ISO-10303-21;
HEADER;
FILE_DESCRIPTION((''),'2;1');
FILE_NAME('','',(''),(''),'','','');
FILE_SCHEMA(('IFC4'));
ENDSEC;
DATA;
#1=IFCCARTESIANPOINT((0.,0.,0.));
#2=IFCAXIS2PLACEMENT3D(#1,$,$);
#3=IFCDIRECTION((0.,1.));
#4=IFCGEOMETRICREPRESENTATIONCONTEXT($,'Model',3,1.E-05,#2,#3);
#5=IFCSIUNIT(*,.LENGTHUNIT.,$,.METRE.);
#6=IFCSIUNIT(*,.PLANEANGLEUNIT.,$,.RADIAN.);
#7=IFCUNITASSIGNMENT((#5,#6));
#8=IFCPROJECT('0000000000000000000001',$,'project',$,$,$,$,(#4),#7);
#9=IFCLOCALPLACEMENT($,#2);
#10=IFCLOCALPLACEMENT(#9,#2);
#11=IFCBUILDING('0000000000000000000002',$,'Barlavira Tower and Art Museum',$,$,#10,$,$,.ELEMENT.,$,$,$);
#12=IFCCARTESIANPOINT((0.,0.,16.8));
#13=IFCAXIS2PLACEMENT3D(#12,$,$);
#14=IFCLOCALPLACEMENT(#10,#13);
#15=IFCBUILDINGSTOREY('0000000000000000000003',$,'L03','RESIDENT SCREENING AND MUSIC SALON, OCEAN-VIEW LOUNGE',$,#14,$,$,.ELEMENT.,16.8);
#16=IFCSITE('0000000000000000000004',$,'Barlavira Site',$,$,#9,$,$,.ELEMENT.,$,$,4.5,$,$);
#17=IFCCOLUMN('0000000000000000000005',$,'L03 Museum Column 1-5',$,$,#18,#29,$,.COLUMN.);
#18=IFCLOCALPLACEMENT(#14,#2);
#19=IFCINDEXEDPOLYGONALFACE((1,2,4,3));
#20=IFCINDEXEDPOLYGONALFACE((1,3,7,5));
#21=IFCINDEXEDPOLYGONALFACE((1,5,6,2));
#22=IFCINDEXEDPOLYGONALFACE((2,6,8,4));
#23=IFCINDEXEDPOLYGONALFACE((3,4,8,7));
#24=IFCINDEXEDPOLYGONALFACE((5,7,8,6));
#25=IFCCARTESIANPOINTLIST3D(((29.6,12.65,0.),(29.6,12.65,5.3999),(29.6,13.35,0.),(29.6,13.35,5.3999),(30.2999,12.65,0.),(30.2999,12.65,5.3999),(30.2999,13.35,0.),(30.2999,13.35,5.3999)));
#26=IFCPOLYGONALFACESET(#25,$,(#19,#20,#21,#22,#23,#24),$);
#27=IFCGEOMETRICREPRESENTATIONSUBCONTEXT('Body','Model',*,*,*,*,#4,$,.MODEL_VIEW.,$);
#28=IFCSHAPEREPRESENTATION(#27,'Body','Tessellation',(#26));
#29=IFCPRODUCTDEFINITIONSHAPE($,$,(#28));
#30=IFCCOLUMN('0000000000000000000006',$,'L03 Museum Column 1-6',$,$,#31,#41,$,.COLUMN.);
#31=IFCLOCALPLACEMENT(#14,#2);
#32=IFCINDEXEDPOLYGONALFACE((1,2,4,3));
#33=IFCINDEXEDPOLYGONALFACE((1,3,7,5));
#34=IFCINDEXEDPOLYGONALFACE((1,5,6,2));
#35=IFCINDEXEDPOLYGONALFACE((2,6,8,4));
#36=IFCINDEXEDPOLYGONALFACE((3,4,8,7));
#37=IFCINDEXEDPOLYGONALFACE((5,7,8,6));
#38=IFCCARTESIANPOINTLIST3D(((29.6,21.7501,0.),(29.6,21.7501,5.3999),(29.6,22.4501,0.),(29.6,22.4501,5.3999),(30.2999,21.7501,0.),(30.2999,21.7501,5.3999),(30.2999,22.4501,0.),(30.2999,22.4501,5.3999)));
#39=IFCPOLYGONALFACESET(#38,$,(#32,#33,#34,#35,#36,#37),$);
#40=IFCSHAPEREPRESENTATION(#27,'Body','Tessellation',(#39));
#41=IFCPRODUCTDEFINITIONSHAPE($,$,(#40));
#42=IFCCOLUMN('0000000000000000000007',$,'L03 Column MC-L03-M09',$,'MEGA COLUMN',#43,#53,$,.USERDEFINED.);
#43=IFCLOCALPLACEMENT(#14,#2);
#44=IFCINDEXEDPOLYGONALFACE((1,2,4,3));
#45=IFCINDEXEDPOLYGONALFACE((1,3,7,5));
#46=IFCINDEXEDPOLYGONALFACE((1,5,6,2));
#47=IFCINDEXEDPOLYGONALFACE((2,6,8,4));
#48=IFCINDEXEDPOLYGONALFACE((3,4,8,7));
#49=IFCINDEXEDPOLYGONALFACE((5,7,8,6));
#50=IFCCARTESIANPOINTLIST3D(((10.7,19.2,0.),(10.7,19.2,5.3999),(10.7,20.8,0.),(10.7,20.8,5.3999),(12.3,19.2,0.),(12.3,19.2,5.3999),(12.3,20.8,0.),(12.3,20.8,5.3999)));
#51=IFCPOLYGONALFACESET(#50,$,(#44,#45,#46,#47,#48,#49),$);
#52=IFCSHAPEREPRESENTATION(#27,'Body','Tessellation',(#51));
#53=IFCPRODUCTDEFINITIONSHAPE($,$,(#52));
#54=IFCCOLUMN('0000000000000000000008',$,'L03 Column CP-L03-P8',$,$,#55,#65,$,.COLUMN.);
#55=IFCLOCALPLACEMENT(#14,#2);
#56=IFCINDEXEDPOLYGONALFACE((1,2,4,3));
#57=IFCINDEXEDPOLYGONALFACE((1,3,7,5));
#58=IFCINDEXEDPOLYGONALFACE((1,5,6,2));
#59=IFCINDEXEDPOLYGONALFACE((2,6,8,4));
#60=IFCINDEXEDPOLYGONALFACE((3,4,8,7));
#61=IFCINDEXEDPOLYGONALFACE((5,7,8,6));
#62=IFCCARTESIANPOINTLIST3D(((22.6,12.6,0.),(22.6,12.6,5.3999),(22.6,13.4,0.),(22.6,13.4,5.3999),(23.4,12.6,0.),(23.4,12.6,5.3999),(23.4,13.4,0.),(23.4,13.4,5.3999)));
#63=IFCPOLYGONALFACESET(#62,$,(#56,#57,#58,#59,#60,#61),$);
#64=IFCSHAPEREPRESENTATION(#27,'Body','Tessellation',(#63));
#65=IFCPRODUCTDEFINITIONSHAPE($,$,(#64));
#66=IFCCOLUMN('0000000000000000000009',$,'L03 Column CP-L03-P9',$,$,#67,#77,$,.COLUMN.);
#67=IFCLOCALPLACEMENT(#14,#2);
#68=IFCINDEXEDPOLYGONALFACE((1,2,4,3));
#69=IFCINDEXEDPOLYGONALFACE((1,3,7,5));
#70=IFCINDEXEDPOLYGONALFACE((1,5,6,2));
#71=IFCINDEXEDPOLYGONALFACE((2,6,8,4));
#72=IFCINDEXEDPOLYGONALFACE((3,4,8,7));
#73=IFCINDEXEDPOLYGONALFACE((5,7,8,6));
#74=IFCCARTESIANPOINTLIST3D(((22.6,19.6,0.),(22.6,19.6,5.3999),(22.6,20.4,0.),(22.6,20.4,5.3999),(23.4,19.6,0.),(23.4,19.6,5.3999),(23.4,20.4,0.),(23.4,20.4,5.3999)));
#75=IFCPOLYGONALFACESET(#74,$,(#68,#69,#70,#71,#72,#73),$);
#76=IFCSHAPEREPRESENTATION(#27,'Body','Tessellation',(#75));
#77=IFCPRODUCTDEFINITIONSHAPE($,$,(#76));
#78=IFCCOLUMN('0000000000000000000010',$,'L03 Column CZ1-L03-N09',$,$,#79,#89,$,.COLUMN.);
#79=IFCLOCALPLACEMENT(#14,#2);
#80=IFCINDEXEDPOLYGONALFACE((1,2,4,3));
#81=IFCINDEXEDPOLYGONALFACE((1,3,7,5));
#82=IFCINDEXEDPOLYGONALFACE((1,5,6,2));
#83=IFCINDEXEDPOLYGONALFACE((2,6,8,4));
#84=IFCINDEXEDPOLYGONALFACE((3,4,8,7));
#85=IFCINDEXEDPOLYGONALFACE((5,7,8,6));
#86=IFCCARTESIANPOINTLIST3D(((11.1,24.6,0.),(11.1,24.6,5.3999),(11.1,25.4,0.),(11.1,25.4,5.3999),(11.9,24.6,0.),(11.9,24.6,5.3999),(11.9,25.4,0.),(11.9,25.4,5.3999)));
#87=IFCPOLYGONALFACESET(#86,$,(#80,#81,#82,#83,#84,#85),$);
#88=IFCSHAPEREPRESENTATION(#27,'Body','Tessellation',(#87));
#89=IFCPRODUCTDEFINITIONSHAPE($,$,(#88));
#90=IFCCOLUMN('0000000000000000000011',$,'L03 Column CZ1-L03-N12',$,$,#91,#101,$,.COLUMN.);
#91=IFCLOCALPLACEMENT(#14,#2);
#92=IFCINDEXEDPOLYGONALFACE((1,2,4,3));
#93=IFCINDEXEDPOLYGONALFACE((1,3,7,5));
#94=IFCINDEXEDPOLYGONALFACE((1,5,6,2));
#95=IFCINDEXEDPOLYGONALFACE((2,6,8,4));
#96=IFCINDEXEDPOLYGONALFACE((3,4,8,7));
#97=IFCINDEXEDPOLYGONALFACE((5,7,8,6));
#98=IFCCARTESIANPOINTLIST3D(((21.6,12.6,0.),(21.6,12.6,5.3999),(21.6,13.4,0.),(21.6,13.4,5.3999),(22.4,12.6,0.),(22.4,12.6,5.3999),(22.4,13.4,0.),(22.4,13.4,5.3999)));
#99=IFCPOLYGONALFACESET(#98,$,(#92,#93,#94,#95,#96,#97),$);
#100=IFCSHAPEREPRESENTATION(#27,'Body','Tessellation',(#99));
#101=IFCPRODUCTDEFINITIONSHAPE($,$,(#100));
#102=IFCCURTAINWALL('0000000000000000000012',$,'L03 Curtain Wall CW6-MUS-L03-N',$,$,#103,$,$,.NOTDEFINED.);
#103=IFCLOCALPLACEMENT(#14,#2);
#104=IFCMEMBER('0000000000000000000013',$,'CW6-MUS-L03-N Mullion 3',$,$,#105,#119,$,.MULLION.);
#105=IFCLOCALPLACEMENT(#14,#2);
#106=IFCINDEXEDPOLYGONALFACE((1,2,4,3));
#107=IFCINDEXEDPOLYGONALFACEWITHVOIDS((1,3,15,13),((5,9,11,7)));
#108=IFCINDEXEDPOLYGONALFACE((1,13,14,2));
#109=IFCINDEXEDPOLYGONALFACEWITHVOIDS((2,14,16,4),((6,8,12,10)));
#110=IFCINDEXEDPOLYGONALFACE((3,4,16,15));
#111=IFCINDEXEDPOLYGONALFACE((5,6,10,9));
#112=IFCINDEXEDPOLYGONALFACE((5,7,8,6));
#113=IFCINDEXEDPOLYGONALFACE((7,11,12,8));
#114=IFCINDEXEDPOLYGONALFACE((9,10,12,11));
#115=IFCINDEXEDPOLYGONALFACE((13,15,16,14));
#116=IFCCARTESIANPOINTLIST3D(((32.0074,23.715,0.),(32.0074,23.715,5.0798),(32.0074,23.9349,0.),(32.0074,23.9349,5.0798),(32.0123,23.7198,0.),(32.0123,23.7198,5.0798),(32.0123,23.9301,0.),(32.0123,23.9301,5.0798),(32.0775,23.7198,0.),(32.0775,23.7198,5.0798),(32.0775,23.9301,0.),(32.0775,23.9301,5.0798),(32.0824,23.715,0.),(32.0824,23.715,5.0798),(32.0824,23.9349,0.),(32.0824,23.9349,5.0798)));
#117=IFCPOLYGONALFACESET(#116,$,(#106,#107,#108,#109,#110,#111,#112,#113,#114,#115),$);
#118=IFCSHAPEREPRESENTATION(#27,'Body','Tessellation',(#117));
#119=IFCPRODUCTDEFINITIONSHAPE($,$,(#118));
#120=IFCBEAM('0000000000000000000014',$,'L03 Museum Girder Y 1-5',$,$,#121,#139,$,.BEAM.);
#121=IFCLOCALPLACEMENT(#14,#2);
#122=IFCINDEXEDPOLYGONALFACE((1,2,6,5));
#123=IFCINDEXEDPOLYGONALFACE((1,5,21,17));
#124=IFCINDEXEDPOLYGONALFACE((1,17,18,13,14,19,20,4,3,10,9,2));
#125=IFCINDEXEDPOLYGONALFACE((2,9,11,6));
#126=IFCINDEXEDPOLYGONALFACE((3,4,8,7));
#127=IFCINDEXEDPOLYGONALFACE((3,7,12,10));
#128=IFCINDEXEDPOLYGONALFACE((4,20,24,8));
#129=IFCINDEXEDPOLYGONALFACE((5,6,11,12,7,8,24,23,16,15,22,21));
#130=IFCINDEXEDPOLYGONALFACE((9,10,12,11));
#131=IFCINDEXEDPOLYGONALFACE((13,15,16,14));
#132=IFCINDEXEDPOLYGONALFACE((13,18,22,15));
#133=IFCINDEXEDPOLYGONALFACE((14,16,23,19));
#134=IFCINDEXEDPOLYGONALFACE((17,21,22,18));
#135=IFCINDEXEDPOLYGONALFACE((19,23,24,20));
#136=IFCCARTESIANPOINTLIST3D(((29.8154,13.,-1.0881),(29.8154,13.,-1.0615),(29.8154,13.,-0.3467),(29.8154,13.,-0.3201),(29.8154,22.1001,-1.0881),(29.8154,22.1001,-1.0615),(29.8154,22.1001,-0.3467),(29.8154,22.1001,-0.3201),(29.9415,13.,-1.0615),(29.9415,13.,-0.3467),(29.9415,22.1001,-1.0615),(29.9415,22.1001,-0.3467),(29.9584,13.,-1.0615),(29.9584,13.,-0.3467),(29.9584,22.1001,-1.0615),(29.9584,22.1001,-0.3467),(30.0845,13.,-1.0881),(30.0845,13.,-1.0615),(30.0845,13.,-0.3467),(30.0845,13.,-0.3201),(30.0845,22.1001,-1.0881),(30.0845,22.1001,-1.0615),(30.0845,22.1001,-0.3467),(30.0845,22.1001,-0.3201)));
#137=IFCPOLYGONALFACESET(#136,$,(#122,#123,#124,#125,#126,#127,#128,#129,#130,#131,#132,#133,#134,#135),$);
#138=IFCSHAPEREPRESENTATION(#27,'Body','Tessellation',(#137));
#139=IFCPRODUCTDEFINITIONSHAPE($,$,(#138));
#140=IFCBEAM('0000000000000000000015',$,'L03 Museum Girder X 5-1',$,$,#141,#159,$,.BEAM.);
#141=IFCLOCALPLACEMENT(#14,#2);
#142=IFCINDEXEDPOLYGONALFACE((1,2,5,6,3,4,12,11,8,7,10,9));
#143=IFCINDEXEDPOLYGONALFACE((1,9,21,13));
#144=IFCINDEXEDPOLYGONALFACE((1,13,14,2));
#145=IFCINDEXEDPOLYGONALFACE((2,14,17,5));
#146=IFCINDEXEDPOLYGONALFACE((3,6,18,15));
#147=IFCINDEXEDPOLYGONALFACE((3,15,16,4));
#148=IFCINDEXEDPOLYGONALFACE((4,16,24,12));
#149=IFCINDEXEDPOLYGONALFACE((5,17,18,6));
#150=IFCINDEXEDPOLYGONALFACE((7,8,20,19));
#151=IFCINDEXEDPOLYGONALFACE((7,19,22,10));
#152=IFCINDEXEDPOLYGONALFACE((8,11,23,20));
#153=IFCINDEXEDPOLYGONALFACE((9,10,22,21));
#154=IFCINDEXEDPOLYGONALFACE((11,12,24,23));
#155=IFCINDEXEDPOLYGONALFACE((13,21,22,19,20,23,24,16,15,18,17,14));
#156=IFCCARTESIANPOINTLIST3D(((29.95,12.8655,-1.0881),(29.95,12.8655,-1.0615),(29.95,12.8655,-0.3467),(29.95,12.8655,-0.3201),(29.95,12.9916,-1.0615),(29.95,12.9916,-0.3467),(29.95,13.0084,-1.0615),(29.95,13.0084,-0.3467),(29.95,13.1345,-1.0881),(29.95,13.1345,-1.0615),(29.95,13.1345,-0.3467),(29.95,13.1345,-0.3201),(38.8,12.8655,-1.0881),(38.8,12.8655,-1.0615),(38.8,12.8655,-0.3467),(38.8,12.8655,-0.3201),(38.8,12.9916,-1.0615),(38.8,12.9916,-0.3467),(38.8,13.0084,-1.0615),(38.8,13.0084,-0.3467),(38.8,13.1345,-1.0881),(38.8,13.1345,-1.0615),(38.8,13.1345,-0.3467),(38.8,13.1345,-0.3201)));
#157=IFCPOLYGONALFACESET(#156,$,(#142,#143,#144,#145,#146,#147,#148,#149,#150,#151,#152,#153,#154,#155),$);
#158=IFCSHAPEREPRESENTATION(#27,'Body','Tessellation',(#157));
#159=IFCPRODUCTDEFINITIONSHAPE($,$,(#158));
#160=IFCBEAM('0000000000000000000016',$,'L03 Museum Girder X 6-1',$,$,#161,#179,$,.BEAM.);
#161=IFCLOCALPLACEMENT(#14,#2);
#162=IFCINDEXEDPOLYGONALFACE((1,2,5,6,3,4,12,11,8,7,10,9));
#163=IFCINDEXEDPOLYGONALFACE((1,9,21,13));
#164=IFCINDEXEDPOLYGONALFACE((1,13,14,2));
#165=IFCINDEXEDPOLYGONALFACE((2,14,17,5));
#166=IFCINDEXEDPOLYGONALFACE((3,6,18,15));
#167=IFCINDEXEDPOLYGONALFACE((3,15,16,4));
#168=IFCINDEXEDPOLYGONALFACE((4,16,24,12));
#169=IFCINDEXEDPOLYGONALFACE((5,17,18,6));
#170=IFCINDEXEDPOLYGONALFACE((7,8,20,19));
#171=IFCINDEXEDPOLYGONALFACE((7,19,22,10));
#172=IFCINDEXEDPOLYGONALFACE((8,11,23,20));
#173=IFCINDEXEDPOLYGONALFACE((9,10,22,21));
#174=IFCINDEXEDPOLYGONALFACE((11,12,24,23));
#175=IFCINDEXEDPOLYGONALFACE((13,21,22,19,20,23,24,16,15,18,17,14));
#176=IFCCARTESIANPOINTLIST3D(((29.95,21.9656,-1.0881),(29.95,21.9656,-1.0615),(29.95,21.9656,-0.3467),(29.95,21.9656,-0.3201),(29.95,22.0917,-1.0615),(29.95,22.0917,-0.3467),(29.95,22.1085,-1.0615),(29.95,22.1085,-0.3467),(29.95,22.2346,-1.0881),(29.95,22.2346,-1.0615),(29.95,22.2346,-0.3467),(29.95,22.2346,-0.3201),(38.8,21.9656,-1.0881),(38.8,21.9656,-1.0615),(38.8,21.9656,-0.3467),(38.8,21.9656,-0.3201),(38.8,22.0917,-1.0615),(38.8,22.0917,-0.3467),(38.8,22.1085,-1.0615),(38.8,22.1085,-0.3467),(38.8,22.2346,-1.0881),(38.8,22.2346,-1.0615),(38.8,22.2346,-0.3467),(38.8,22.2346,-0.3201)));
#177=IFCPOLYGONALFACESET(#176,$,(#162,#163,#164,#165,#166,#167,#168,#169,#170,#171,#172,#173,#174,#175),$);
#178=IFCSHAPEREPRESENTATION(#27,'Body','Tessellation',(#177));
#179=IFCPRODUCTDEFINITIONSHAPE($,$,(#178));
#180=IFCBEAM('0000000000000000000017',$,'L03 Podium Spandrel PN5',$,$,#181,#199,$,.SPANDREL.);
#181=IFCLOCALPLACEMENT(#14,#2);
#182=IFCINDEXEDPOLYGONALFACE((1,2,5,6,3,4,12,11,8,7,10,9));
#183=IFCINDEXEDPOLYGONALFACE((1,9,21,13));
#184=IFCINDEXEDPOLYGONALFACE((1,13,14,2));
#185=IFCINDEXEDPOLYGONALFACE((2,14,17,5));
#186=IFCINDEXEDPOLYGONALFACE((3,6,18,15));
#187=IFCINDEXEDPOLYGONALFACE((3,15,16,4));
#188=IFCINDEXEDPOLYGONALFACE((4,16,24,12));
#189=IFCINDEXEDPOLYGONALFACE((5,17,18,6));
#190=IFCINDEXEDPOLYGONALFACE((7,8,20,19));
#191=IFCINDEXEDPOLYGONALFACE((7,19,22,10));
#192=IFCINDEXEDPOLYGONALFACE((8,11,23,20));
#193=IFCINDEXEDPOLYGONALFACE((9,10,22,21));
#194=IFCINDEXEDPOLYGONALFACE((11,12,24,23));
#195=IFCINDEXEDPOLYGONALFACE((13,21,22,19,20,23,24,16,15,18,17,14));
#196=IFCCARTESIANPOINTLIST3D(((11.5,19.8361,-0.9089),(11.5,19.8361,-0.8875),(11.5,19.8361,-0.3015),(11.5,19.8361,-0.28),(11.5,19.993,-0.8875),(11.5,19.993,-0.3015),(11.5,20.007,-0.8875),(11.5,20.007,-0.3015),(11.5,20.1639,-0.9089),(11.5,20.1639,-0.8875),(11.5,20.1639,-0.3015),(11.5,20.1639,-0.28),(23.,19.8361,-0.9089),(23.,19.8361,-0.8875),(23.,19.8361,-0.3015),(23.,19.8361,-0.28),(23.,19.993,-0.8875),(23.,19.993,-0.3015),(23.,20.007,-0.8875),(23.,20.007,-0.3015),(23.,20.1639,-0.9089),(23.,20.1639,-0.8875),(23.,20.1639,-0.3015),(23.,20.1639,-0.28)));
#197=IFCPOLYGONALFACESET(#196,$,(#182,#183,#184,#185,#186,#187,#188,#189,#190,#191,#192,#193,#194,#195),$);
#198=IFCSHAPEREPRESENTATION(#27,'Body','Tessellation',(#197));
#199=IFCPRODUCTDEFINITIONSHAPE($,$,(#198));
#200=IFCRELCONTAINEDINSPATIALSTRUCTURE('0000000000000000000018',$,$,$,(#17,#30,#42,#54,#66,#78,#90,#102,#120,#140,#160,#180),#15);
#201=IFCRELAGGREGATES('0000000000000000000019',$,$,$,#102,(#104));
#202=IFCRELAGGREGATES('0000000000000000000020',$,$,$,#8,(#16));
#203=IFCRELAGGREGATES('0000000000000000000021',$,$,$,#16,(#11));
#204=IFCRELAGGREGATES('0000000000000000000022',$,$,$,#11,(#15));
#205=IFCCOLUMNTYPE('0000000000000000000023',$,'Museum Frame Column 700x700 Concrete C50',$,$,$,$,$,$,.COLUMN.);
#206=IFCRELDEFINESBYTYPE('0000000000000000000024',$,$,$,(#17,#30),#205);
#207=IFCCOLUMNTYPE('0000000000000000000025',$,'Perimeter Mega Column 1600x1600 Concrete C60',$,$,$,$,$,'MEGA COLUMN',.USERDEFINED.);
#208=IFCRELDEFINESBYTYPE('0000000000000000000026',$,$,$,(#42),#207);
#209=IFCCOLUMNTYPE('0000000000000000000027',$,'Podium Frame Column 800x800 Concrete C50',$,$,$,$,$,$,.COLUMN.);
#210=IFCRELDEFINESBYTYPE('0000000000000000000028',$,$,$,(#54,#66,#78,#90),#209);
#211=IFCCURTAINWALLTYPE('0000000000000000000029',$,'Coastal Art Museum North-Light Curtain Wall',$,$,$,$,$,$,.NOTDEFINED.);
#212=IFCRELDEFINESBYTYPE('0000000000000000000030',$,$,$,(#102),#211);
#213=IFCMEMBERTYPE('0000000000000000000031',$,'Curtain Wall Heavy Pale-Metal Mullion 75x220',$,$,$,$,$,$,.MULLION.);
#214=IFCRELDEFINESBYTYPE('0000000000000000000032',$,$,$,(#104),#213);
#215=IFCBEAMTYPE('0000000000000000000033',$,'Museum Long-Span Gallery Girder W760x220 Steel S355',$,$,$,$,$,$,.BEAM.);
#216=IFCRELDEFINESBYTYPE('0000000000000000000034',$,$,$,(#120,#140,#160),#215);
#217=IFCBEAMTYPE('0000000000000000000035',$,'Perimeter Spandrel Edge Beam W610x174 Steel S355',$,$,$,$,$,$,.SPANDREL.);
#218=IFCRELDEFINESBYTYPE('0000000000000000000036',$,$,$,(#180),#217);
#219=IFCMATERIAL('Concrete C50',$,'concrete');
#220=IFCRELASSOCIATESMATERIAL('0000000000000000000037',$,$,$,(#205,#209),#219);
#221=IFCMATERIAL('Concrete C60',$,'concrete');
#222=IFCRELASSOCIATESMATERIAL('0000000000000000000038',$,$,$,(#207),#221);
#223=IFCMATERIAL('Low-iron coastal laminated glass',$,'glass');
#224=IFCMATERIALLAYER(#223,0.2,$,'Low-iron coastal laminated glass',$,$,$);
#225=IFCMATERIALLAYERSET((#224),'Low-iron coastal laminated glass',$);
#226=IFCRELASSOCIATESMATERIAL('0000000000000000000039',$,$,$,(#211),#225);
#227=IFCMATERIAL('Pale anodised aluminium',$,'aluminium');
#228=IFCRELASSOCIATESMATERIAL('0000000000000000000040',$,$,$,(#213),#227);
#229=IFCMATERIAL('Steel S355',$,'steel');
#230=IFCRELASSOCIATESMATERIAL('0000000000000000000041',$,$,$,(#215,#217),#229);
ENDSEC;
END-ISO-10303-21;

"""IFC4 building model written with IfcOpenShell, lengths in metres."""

from ifc_helpers import new_model, si_unit, direction, frame, origin, origin_2d, place, context, subcontext, project, spatial, rectangle, hollow_rectangle, i_section, extrude, material, layer, layer_set, material_profile, profile_set, type_object, element, aggregate, save


model = new_model("IFC4")

# Units and contexts
model_context = context("Model", 3, precision=1e-05, world=origin(), true_north=direction((0.0, 1.0)))
body_context = subcontext(model_context, "Body", "Model", "MODEL_VIEW")
ifc_project = project(units=[si_unit("LENGTHUNIT", "METRE"), si_unit("PLANEANGLEUNIT", "RADIAN")], contexts=[model_context])

# Site, building, storey
site_placement = place(None, origin())
site = spatial("IfcSite", under=ifc_project, at=site_placement, Name="Barlavira Site", CompositionType="ELEMENT", RefElevation=4.5)
building_placement = place(site_placement, origin())
building = spatial("IfcBuilding", under=site, at=building_placement, Name="Barlavira Tower and Art Museum", CompositionType="ELEMENT")
storey_placement = place(building_placement, frame((0.0, 0.0, 16.8)))
storey = spatial("IfcBuildingStorey", under=building, at=storey_placement, Name="L03", Description="RESIDENT SCREENING AND MUSIC SALON, OCEAN-VIEW LOUNGE", CompositionType="ELEMENT", Elevation=16.8)

# Columns
ifc_material_1 = material(Name="Concrete C50", Category="concrete")
ifc_material_profile_1 = material_profile(ifc_material_1, rectangle(XDim=0.7, YDim=0.7, at=origin_2d()), Name="RC-COL 700x700")
ifc_profile_set_1 = profile_set([ifc_material_profile_1], Name="Concrete C50")
column_type_1 = type_object("IfcColumnType", Name="Museum Frame Column 700x700 Concrete C50", PredefinedType="COLUMN", material=ifc_profile_set_1)
for number, where, z_axis, x_axis, name in (
    (1, (29.95, 13.0, 0.0), (0.0, 0.0, 1.0), (1.0, 0.0, 0.0), "L03 Museum Column 1-5"),
    (2, (29.95, 22.1001, 0.0), (0.0, 0.0, 1.0), (1.0, 0.0, 0.0), "L03 Museum Column 1-6"),
):
    element("IfcColumn", number, at=place(storey_placement, frame(where, z_axis=z_axis, x_axis=x_axis)), inside=storey, type_object=column_type_1, Name=name, PredefinedType="COLUMN", context=body_context, shape_type="SweptSolid", body=[
        extrude(rectangle(XDim=0.7, YDim=0.7, at=origin_2d()), origin(), (0.0, 0.0, 1.0), 5.3999),
    ])
ifc_material_2 = material(Name="Concrete C60", Category="concrete")
ifc_material_profile_2 = material_profile(ifc_material_2, rectangle(XDim=1.6001, YDim=1.6001, at=origin_2d()), Name="RC-MCOL 1600x1600")
ifc_profile_set_2 = profile_set([ifc_material_profile_2], Name="Concrete C60")
column_type_2 = type_object("IfcColumnType", Name="Perimeter Mega Column 1600x1600 Concrete C60", ElementType="MEGA COLUMN", PredefinedType="USERDEFINED", material=ifc_profile_set_2)
column_placement = place(storey_placement, frame((11.5, 20.0, 0.0), z_axis=(0.0, 0.0, 1.0), x_axis=(1.0, 0.0, 0.0)))
element("IfcColumn", 3, at=column_placement, inside=storey, type_object=column_type_2, Name="L03 Column MC-L03-M09", ObjectType="MEGA COLUMN", PredefinedType="USERDEFINED", context=body_context, shape_type="SweptSolid", body=[
    extrude(rectangle(XDim=1.6001, YDim=1.6001, at=origin_2d()), origin(), (0.0, 0.0, 1.0), 5.3999),
])
ifc_material_profile_3 = material_profile(ifc_material_1, rectangle(XDim=0.8, YDim=0.8, at=origin_2d()), Name="RC-COL 800x800")
ifc_profile_set_3 = profile_set([ifc_material_profile_3], Name="Concrete C50")
column_type_3 = type_object("IfcColumnType", Name="Podium Frame Column 800x800 Concrete C50", PredefinedType="COLUMN", material=ifc_profile_set_3)
for number, where, z_axis, x_axis, name in (
    (4, (23.0, 13.0, 0.0), (0.0, 0.0, 1.0), (1.0, 0.0, 0.0), "L03 Column CP-L03-P8"),
    (5, (23.0, 20.0, 0.0), (0.0, 0.0, 1.0), (1.0, 0.0, 0.0), "L03 Column CP-L03-P9"),
    (6, (11.5, 25.0, 0.0), (0.0, 0.0, 1.0), (1.0, 0.0, 0.0), "L03 Column CZ1-L03-N09"),
    (7, (22.0, 13.0, 0.0), (0.0, 0.0, 1.0), (1.0, 0.0, 0.0), "L03 Column CZ1-L03-N12"),
):
    element("IfcColumn", number, at=place(storey_placement, frame(where, z_axis=z_axis, x_axis=x_axis)), inside=storey, type_object=column_type_3, Name=name, PredefinedType="COLUMN", context=body_context, shape_type="SweptSolid", body=[
        extrude(rectangle(XDim=0.8, YDim=0.8, at=origin_2d()), origin(), (0.0, 0.0, 1.0), 5.3999),
    ])

# Curtain wall, member
ifc_material_3 = material(Name="Low-iron coastal laminated glass", Category="glass")
ifc_layer_1 = layer(ifc_material_3, 0.2, Name="Low-iron coastal laminated glass")
ifc_layer_set_1 = layer_set([ifc_layer_1], Name="Low-iron coastal laminated glass")
curtain_wall_type = type_object("IfcCurtainWallType", Name="Coastal Art Museum North-Light Curtain Wall", PredefinedType="NOTDEFINED", material=ifc_layer_set_1)
curtain_wall_placement = place(storey_placement, origin())
curtain_wall = element("IfcCurtainWall", 8, at=curtain_wall_placement, inside=storey, type_object=curtain_wall_type, Name="L03 Curtain Wall CW6-MUS-L03-N", PredefinedType="NOTDEFINED")
ifc_material_4 = material(Name="Pale anodised aluminium", Category="aluminium")
ifc_material_profile_4 = material_profile(ifc_material_4, hollow_rectangle(XDim=0.075, YDim=0.22, WallThickness=0.0049, at=origin_2d()), Name="ALU-MULL 75x220x5")
ifc_profile_set_4 = profile_set([ifc_material_profile_4], Name="Pale anodised aluminium")
member_type = type_object("IfcMemberType", Name="Curtain Wall Heavy Pale-Metal Mullion 75x220", PredefinedType="MULLION", material=ifc_profile_set_4)
member_placement = place(storey_placement, frame((32.0449, 23.825, 0.0), z_axis=(0.0, 0.0, 1.0), x_axis=(-1.0, 0.0, 0.0)))
member = element("IfcMember", 9, at=member_placement, type_object=member_type, Name="CW6-MUS-L03-N Mullion 3", PredefinedType="MULLION", context=body_context, shape_type="SweptSolid", body=[
    extrude(hollow_rectangle(XDim=0.075, YDim=0.22, WallThickness=0.0049, at=origin_2d()), origin(), (0.0, 0.0, 1.0), 5.0798),
])
aggregate(curtain_wall, [member])

# Beams
ifc_material_5 = material(Name="Steel S355", Category="steel")
ifc_material_profile_5 = material_profile(ifc_material_5, i_section(OverallWidth=0.269, OverallDepth=0.7681, WebThickness=0.0168, FlangeThickness=0.0266, at=origin_2d()), Name="W760x220.0")
ifc_profile_set_5 = profile_set([ifc_material_profile_5], Name="Steel S355")
beam_type_1 = type_object("IfcBeamType", Name="Museum Long-Span Gallery Girder W760x220 Steel S355", PredefinedType="BEAM", material=ifc_profile_set_5)
beam_1_placement = place(storey_placement, frame((29.95, 13.0, -0.7041), z_axis=(0.0, 1.0, 0.0), x_axis=(-1.0, 0.0, 0.0)))
element("IfcBeam", 10, at=beam_1_placement, inside=storey, type_object=beam_type_1, Name="L03 Museum Girder Y 1-5", PredefinedType="BEAM", context=body_context, shape_type="SweptSolid", body=[
    extrude(i_section(OverallWidth=0.269, OverallDepth=0.7681, WebThickness=0.0168, FlangeThickness=0.0266, at=origin_2d()), origin(), (0.0, 0.0, 1.0), 9.1001),
])
for number, where, z_axis, x_axis, name in (
    (11, (29.95, 13.0, -0.7041), (1.0, 0.0, 0.0), (0.0, 1.0, 0.0), "L03 Museum Girder X 5-1"),
    (12, (29.95, 22.1001, -0.7041), (1.0, 0.0, 0.0), (0.0, 1.0, 0.0), "L03 Museum Girder X 6-1"),
):
    element("IfcBeam", number, at=place(storey_placement, frame(where, z_axis=z_axis, x_axis=x_axis)), inside=storey, type_object=beam_type_1, Name=name, PredefinedType="BEAM", context=body_context, shape_type="SweptSolid", body=[
        extrude(i_section(OverallWidth=0.269, OverallDepth=0.7681, WebThickness=0.0168, FlangeThickness=0.0266, at=origin_2d()), origin(), (0.0, 0.0, 1.0), 8.8501),
    ])
ifc_material_profile_6 = material_profile(ifc_material_5, i_section(OverallWidth=0.3279, OverallDepth=0.6289, WebThickness=0.0139, FlangeThickness=0.0215, at=origin_2d()), Name="W610x174.0")
ifc_profile_set_6 = profile_set([ifc_material_profile_6], Name="Steel S355")
beam_type_2 = type_object("IfcBeamType", Name="Perimeter Spandrel Edge Beam W610x174 Steel S355", PredefinedType="SPANDREL", material=ifc_profile_set_6)
beam_2_placement = place(storey_placement, frame((11.5, 20.0, -0.5945), z_axis=(1.0, 0.0, 0.0), x_axis=(0.0, 1.0, 0.0)))
element("IfcBeam", 13, at=beam_2_placement, inside=storey, type_object=beam_type_2, Name="L03 Podium Spandrel PN5", PredefinedType="SPANDREL", context=body_context, shape_type="SweptSolid", body=[
    extrude(i_section(OverallWidth=0.3279, OverallDepth=0.6289, WebThickness=0.0139, FlangeThickness=0.0215, at=origin_2d()), origin(), (0.0, 0.0, 1.0), 11.5),
])

save(model, "model.ifc")
